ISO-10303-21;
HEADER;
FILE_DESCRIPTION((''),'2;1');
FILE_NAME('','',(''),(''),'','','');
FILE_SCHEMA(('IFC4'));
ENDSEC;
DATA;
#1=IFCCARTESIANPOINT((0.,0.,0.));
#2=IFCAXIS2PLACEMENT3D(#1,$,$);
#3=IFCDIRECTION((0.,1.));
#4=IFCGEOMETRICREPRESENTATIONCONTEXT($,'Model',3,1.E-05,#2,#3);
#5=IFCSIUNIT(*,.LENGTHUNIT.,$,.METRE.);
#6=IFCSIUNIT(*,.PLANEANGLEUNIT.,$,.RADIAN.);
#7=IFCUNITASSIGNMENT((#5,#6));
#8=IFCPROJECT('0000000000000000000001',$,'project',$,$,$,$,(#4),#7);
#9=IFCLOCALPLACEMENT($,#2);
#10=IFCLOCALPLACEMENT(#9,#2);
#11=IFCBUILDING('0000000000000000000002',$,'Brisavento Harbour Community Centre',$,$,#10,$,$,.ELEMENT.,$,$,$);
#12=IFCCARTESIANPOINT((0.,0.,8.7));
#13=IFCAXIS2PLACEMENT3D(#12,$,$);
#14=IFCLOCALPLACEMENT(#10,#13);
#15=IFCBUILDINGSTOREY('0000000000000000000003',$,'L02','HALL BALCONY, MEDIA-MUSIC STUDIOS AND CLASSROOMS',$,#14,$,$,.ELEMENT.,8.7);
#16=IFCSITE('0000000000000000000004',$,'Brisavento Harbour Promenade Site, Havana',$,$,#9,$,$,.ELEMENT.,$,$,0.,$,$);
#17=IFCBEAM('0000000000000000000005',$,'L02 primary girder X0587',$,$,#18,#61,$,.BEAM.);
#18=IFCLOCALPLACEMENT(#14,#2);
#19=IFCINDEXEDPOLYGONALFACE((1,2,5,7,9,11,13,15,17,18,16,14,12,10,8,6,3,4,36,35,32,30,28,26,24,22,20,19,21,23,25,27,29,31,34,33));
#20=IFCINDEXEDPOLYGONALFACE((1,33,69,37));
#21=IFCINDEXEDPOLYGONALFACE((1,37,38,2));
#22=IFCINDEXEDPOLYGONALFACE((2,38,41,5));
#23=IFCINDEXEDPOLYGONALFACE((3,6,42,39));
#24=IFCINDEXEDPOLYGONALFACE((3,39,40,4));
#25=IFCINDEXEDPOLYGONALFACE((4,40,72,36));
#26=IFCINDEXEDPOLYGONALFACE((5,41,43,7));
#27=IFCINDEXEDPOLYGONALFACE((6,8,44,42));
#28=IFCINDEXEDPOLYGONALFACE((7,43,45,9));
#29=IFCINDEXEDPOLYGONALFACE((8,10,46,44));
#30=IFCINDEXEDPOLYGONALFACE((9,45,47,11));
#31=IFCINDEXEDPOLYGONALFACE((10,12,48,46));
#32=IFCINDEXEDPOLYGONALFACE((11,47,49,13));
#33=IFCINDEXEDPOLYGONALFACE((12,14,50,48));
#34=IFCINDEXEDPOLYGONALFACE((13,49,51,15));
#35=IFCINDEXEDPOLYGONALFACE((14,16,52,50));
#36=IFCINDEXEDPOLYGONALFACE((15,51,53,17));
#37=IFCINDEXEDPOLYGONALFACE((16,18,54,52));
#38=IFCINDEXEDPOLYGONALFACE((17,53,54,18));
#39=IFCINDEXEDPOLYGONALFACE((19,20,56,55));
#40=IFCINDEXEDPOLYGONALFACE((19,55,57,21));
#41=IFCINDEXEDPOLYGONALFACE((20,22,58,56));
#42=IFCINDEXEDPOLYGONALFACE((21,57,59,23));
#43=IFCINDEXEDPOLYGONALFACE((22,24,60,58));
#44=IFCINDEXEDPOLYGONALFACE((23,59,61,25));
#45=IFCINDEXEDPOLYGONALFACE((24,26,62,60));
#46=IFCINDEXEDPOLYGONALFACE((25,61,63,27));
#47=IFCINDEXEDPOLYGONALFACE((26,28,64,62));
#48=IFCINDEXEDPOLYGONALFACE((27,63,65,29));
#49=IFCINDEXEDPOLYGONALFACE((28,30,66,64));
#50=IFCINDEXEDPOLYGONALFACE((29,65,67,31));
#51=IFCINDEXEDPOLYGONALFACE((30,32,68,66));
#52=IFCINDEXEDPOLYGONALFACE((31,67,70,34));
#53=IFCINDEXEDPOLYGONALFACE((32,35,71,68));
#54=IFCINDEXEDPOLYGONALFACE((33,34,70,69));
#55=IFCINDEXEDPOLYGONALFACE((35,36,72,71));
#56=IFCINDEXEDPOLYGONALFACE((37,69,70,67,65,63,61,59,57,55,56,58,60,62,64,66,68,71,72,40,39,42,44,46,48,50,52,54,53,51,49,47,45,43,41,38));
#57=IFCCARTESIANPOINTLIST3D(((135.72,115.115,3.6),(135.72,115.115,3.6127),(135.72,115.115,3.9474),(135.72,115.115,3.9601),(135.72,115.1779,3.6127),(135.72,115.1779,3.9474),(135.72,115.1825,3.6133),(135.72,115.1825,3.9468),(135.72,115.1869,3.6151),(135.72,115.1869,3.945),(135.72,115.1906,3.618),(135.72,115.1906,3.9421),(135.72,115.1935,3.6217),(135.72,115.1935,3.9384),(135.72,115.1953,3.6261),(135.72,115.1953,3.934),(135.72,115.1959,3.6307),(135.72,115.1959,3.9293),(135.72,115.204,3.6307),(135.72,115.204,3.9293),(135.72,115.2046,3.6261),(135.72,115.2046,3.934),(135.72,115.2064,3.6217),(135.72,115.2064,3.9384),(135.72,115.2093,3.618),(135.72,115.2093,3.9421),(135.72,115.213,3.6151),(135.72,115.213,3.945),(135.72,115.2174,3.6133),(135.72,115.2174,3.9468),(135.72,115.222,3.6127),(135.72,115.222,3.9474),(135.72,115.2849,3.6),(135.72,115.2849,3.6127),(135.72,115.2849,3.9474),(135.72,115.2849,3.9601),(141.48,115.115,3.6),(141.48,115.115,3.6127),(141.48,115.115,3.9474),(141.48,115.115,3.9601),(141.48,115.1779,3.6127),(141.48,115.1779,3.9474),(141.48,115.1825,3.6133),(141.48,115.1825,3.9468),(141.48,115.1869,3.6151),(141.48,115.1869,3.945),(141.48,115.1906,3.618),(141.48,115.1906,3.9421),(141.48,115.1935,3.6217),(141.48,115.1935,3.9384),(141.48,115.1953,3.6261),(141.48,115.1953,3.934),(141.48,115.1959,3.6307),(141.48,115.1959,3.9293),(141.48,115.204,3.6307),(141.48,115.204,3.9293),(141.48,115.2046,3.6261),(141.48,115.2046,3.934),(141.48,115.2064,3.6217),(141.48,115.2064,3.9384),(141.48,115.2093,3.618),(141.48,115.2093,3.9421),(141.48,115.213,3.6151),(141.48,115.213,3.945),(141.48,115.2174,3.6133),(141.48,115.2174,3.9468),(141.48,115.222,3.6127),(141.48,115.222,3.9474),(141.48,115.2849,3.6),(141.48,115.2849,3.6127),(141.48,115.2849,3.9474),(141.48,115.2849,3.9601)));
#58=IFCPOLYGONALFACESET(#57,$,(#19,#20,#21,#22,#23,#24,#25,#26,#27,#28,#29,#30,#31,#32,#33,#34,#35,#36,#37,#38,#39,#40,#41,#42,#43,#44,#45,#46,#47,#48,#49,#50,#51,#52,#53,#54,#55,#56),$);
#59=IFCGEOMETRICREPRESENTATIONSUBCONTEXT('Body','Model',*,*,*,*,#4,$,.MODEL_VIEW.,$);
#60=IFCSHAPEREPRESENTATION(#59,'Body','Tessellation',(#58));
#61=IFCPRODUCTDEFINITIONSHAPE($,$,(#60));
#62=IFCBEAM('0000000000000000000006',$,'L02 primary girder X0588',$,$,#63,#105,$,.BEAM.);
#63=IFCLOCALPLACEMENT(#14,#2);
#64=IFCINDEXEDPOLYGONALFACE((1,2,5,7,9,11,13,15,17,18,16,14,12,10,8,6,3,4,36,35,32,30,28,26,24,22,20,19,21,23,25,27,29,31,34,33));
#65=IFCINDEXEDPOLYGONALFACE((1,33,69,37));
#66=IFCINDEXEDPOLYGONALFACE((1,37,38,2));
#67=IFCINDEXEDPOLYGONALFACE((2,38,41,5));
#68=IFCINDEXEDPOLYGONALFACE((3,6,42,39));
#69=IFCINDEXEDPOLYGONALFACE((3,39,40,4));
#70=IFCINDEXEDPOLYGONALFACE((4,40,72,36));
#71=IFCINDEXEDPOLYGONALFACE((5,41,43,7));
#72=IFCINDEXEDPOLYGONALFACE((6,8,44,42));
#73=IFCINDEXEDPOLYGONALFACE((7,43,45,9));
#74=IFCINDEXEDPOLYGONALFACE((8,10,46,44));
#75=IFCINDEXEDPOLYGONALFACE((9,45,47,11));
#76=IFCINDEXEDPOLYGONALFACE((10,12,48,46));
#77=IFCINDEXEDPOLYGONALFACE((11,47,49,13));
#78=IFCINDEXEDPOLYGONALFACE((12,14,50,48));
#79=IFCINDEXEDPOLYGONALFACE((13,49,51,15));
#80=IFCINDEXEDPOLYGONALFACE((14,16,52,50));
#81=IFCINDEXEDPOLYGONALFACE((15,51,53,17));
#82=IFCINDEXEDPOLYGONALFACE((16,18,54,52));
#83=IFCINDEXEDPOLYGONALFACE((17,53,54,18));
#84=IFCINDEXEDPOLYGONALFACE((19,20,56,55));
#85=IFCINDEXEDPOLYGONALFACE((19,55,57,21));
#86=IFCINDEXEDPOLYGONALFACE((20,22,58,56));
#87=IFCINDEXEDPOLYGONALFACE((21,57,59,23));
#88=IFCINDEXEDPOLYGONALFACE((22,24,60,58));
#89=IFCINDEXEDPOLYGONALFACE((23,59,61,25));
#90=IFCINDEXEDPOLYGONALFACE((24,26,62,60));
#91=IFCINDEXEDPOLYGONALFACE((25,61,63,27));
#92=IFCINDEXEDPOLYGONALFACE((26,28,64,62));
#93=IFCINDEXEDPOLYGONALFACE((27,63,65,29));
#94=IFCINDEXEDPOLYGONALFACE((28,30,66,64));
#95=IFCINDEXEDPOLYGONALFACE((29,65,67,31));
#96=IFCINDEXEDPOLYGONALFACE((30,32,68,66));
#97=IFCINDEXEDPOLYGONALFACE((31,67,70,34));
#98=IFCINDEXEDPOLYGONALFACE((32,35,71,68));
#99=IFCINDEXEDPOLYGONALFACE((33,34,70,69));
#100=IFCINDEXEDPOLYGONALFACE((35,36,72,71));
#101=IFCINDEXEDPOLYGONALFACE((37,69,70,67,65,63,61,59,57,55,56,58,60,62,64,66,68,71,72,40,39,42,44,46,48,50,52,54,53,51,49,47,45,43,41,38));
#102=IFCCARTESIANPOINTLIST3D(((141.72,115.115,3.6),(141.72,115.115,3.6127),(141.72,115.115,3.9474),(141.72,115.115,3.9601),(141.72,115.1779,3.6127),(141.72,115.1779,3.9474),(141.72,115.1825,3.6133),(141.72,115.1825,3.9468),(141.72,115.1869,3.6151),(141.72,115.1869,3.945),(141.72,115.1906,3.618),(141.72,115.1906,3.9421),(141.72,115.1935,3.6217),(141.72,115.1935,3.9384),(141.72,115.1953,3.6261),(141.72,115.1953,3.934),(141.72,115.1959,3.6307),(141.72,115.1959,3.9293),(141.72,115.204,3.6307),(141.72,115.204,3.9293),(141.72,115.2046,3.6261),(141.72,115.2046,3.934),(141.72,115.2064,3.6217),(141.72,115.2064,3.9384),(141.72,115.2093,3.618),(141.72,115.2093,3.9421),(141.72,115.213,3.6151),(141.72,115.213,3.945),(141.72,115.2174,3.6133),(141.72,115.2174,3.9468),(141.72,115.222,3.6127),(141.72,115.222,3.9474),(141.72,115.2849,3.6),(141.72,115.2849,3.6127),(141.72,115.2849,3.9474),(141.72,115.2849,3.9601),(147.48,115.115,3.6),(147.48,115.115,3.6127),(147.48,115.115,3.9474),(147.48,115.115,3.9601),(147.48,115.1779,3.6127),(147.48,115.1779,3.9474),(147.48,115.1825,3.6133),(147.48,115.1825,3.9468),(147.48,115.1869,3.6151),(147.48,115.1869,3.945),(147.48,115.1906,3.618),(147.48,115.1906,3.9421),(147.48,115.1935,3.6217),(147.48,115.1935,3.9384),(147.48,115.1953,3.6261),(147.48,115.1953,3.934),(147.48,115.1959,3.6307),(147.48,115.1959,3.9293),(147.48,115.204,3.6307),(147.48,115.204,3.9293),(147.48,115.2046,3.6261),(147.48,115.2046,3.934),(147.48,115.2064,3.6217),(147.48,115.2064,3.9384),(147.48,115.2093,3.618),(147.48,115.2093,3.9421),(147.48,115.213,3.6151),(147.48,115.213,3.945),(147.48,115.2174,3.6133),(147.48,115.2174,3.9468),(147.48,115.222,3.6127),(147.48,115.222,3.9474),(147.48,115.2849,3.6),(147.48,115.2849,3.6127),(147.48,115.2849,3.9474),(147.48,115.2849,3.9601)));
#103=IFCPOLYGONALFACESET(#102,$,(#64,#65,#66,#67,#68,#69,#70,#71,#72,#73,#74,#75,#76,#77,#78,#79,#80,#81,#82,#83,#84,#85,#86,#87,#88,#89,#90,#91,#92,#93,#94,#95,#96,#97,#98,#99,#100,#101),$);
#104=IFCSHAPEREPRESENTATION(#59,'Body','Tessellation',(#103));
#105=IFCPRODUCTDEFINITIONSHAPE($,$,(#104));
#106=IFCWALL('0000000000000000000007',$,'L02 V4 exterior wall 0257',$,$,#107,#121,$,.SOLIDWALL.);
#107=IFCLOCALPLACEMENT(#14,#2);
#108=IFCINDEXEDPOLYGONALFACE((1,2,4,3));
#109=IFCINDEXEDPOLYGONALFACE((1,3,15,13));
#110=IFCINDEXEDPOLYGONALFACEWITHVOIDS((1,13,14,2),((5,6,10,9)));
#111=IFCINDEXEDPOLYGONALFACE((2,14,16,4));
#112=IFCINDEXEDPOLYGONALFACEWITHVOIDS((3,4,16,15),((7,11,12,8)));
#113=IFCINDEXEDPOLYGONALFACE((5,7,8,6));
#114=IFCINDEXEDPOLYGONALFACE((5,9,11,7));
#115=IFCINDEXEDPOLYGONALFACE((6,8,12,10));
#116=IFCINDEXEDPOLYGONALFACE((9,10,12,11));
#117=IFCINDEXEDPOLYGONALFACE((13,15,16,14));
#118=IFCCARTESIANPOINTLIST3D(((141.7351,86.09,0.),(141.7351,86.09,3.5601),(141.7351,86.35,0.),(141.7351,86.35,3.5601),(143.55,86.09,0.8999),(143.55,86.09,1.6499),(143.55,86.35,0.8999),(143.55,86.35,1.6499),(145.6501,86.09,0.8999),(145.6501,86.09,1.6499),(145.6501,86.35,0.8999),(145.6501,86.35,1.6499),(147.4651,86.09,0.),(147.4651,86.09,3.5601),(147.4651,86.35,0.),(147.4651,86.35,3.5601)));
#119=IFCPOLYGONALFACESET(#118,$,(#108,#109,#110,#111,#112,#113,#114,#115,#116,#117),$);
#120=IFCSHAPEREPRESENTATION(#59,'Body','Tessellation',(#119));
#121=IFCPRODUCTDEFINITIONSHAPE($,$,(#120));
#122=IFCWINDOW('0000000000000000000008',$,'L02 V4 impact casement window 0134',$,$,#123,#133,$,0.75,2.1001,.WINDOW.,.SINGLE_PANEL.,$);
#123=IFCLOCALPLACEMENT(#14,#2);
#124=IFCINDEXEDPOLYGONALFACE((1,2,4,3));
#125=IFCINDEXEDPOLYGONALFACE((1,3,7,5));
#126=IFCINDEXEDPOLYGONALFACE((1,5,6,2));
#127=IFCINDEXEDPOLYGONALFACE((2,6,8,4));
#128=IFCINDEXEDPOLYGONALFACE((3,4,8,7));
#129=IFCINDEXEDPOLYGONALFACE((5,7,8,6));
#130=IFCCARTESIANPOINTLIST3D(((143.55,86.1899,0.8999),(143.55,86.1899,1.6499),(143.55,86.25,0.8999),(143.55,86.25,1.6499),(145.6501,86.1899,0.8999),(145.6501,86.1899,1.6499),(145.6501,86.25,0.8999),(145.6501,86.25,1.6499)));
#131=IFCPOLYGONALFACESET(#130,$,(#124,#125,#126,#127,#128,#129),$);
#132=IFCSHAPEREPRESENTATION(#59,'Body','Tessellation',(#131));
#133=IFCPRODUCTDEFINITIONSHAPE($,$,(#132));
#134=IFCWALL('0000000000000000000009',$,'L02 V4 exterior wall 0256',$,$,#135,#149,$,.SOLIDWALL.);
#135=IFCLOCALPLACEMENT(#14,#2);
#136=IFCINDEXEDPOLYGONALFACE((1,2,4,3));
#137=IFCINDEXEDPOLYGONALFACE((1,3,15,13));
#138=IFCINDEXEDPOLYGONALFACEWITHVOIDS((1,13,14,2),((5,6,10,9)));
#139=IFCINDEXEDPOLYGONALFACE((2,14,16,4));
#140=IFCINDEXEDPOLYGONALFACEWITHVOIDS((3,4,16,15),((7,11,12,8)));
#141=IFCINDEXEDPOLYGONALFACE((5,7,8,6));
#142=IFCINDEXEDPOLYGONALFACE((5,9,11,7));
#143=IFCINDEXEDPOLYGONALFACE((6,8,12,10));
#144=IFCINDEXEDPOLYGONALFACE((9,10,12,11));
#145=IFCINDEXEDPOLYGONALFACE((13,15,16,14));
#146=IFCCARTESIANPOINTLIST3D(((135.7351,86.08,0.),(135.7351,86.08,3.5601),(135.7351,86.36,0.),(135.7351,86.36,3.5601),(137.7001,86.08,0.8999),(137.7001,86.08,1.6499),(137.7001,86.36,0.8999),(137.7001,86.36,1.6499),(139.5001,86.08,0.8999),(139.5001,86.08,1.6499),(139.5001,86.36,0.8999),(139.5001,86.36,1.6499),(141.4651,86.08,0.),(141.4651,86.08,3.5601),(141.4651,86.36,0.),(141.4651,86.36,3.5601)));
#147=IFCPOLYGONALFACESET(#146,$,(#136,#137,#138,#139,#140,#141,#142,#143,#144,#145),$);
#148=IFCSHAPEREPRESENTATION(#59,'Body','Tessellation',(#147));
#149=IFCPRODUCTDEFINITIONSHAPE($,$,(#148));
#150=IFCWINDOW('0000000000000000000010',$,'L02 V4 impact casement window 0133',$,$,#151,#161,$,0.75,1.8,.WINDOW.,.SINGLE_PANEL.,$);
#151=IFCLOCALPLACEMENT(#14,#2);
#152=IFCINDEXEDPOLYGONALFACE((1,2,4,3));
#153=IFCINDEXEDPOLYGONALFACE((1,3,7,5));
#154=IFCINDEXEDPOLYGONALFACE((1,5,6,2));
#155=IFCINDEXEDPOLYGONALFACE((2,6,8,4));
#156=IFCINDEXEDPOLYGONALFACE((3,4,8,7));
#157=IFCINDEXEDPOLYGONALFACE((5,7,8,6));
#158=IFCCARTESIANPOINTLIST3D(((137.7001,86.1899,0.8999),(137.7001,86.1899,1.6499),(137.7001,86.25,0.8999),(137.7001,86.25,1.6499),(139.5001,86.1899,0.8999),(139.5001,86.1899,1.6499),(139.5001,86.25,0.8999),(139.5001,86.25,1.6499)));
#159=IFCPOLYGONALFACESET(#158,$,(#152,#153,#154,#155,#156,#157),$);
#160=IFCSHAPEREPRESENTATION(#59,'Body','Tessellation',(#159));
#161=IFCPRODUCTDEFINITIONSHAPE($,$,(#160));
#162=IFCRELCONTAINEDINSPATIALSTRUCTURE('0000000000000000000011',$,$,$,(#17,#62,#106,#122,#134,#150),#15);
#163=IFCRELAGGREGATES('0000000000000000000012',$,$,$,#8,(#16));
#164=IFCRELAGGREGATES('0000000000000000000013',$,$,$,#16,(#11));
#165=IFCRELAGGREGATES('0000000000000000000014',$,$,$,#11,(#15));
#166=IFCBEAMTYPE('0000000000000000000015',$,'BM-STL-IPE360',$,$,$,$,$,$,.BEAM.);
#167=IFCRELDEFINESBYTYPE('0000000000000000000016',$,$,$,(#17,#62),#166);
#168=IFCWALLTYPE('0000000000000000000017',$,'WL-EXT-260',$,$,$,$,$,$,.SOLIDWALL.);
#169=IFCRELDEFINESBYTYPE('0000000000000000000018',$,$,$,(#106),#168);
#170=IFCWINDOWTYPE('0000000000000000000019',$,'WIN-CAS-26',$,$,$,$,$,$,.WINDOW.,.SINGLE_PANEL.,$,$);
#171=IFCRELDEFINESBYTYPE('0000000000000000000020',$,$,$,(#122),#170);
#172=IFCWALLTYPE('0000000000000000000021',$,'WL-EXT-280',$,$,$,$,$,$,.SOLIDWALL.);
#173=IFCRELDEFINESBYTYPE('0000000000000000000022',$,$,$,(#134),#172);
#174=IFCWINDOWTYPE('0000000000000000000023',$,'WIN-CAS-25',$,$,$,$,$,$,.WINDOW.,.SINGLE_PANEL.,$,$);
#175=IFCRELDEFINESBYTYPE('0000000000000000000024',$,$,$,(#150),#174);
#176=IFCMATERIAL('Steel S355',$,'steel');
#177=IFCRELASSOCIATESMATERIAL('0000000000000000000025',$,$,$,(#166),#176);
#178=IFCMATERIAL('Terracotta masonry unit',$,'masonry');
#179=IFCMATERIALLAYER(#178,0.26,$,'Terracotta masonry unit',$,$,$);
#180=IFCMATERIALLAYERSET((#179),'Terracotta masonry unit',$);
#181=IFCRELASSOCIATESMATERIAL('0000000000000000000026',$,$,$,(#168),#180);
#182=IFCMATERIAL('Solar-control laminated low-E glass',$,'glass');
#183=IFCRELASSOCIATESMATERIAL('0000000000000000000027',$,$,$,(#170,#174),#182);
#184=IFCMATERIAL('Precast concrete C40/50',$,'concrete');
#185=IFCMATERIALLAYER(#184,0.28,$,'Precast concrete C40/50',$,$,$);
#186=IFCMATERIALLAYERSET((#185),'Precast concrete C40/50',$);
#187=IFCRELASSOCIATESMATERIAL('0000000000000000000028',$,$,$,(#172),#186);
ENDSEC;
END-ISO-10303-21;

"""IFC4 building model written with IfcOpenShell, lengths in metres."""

from ifc_helpers import new_model, si_unit, direction, frame, frame_2d, origin, origin_2d, place, context, subcontext, project, spatial, rectangle, i_section, extrude, material, layer, layer_set, material_profile, profile_set, type_object, element, fill, save


model = new_model("IFC4")

# Units and contexts
model_context = context("Model", 3, precision=1e-05, world=origin(), true_north=direction((0.0, 1.0)))
body_context = subcontext(model_context, "Body", "Model", "MODEL_VIEW")
ifc_project = project(units=[si_unit("LENGTHUNIT", "METRE"), si_unit("PLANEANGLEUNIT", "RADIAN")], contexts=[model_context])

# Site, building, storey
site_placement = place(None, origin())
site = spatial("IfcSite", under=ifc_project, at=site_placement, Name="Brisavento Harbour Promenade Site, Havana", CompositionType="ELEMENT", RefElevation=0.0)
building_placement = place(site_placement, origin())
building = spatial("IfcBuilding", under=site, at=building_placement, Name="Brisavento Harbour Community Centre", CompositionType="ELEMENT")
storey_placement = place(building_placement, frame((0.0, 0.0, 8.7)))
storey = spatial("IfcBuildingStorey", under=building, at=storey_placement, Name="L02", Description="HALL BALCONY, MEDIA-MUSIC STUDIOS AND CLASSROOMS", CompositionType="ELEMENT", Elevation=8.7)

# Shared definitions
ifc_material_1 = material(Name="Steel S355", Category="steel")

# Beams
ifc_material_profile_1 = material_profile(ifc_material_1, i_section(OverallWidth=0.1699, OverallDepth=0.3601, WebThickness=0.0081, FlangeThickness=0.0127, FilletRadius=0.0181, at=origin_2d()), Name="Steel S355")
ifc_profile_set_1 = profile_set([ifc_material_profile_1], Name="Steel S355")
beam_type_1 = type_object("IfcBeamType", Name="BM-STL-IPE360", PredefinedType="BEAM", material=ifc_profile_set_1)
for number, where, z_axis, x_axis, name in (
    (1, (135.72, 115.2, 3.78), (1.0, 0.0, 0.0), (0.0, 1.0, 0.0), "L02 primary girder X0587"),
    (2, (141.72, 115.2, 3.78), (1.0, 0.0, 0.0), (0.0, 1.0, 0.0), "L02 primary girder X0588"),
):
    element("IfcBeam", number, at=place(storey_placement, frame(where, z_axis=z_axis, x_axis=x_axis)), inside=storey, type_object=beam_type_1, Name=name, PredefinedType="BEAM", context=body_context, shape_type="SweptSolid", body=[
        extrude(i_section(OverallWidth=0.1699, OverallDepth=0.3601, WebThickness=0.0081, FlangeThickness=0.0127, FilletRadius=0.0181, at=origin_2d()), origin(), (0.0, 0.0, 1.0), 5.76),
    ])

# Walls, openings, windows
ifc_material_2 = material(Name="Terracotta masonry unit", Category="masonry")
ifc_layer_1 = layer(ifc_material_2, 0.26, Name="Terracotta masonry unit")
ifc_layer_set_1 = layer_set([ifc_layer_1], Name="Terracotta masonry unit")
wall_type_1 = type_object("IfcWallType", Name="WL-EXT-260", PredefinedType="SOLIDWALL", material=ifc_layer_set_1)
wall_1_placement = place(storey_placement, frame((141.7351, 86.22, 0.0), z_axis=(0.0, 0.0, 1.0), x_axis=(1.0, 0.0, 0.0)))
wall_1 = element("IfcWall", 3, at=wall_1_placement, inside=storey, type_object=wall_type_1, Name="L02 V4 exterior wall 0257", PredefinedType="SOLIDWALL", context=body_context, shape_type="SweptSolid", body=[
    extrude(rectangle(XDim=5.73, YDim=0.26, at=frame_2d((2.865, 0.0))), origin(), (0.0, 0.0, 1.0), 3.5601),
])
opening_1_placement = place(wall_1_placement, frame((1.8149, 0.0, 0.8999)))
opening_1 = element("IfcOpeningElement", 4, at=opening_1_placement, cuts=wall_1, PredefinedType="OPENING", context=body_context, shape_type="SweptSolid", body=[
    extrude(rectangle(XDim=2.1001, YDim=0.75, at=frame_2d((1.05, 0.375))), frame((0.0, 0.1401, 0.0), z_axis=(0.0, -1.0, 0.0), x_axis=(1.0, 0.0, 0.0)), (0.0, 0.0, 1.0), 0.28),
])
ifc_material_3 = material(Name="Solar-control laminated low-E glass", Category="glass")
window_type_1 = type_object("IfcWindowType", Name="WIN-CAS-26", PartitioningType="SINGLE_PANEL", PredefinedType="WINDOW", material=ifc_material_3)
window_1_placement = place(opening_1_placement, origin())
window_1 = element("IfcWindow", 5, at=window_1_placement, inside=storey, type_object=window_type_1, Name="L02 V4 impact casement window 0134", OverallHeight=0.75, OverallWidth=2.1001, PartitioningType="SINGLE_PANEL", PredefinedType="WINDOW", context=body_context, shape_type="SweptSolid", body=[
    extrude(rectangle(XDim=2.1001, YDim=0.75, at=frame_2d((1.05, 0.375))), frame((0.0, 0.03, 0.0), z_axis=(0.0, -1.0, 0.0), x_axis=(1.0, 0.0, 0.0)), (0.0, 0.0, 1.0), 0.0601),
])
fill(opening_1, window_1)
ifc_material_4 = material(Name="Precast concrete C40/50", Category="concrete")
ifc_layer_2 = layer(ifc_material_4, 0.28, Name="Precast concrete C40/50")
ifc_layer_set_2 = layer_set([ifc_layer_2], Name="Precast concrete C40/50")
wall_type_2 = type_object("IfcWallType", Name="WL-EXT-280", PredefinedType="SOLIDWALL", material=ifc_layer_set_2)
wall_2_placement = place(storey_placement, frame((135.7351, 86.22, 0.0), z_axis=(0.0, 0.0, 1.0), x_axis=(1.0, 0.0, 0.0)))
wall_2 = element("IfcWall", 6, at=wall_2_placement, inside=storey, type_object=wall_type_2, Name="L02 V4 exterior wall 0256", PredefinedType="SOLIDWALL", context=body_context, shape_type="SweptSolid", body=[
    extrude(rectangle(XDim=5.73, YDim=0.28, at=frame_2d((2.865, 0.0))), origin(), (0.0, 0.0, 1.0), 3.5601),
])
opening_2_placement = place(wall_2_placement, frame((1.9651, 0.0, 0.8999)))
opening_2 = element("IfcOpeningElement", 7, at=opening_2_placement, cuts=wall_2, PredefinedType="OPENING", context=body_context, shape_type="SweptSolid", body=[
    extrude(rectangle(XDim=1.8, YDim=0.75, at=frame_2d((0.8999, 0.375))), frame((0.0, 0.1499, 0.0), z_axis=(0.0, -1.0, 0.0), x_axis=(1.0, 0.0, 0.0)), (0.0, 0.0, 1.0), 0.3),
])
window_type_2 = type_object("IfcWindowType", Name="WIN-CAS-25", PartitioningType="SINGLE_PANEL", PredefinedType="WINDOW", material=ifc_material_3)
window_2_placement = place(opening_2_placement, origin())
window_2 = element("IfcWindow", 8, at=window_2_placement, inside=storey, type_object=window_type_2, Name="L02 V4 impact casement window 0133", OverallHeight=0.75, OverallWidth=1.8, PartitioningType="SINGLE_PANEL", PredefinedType="WINDOW", context=body_context, shape_type="SweptSolid", body=[
    extrude(rectangle(XDim=1.8, YDim=0.75, at=frame_2d((0.8999, 0.375))), frame((0.0, 0.03, 0.0), z_axis=(0.0, -1.0, 0.0), x_axis=(1.0, 0.0, 0.0)), (0.0, 0.0, 1.0), 0.0601),
])
fill(opening_2, window_2)

save(model, "model.ifc")
